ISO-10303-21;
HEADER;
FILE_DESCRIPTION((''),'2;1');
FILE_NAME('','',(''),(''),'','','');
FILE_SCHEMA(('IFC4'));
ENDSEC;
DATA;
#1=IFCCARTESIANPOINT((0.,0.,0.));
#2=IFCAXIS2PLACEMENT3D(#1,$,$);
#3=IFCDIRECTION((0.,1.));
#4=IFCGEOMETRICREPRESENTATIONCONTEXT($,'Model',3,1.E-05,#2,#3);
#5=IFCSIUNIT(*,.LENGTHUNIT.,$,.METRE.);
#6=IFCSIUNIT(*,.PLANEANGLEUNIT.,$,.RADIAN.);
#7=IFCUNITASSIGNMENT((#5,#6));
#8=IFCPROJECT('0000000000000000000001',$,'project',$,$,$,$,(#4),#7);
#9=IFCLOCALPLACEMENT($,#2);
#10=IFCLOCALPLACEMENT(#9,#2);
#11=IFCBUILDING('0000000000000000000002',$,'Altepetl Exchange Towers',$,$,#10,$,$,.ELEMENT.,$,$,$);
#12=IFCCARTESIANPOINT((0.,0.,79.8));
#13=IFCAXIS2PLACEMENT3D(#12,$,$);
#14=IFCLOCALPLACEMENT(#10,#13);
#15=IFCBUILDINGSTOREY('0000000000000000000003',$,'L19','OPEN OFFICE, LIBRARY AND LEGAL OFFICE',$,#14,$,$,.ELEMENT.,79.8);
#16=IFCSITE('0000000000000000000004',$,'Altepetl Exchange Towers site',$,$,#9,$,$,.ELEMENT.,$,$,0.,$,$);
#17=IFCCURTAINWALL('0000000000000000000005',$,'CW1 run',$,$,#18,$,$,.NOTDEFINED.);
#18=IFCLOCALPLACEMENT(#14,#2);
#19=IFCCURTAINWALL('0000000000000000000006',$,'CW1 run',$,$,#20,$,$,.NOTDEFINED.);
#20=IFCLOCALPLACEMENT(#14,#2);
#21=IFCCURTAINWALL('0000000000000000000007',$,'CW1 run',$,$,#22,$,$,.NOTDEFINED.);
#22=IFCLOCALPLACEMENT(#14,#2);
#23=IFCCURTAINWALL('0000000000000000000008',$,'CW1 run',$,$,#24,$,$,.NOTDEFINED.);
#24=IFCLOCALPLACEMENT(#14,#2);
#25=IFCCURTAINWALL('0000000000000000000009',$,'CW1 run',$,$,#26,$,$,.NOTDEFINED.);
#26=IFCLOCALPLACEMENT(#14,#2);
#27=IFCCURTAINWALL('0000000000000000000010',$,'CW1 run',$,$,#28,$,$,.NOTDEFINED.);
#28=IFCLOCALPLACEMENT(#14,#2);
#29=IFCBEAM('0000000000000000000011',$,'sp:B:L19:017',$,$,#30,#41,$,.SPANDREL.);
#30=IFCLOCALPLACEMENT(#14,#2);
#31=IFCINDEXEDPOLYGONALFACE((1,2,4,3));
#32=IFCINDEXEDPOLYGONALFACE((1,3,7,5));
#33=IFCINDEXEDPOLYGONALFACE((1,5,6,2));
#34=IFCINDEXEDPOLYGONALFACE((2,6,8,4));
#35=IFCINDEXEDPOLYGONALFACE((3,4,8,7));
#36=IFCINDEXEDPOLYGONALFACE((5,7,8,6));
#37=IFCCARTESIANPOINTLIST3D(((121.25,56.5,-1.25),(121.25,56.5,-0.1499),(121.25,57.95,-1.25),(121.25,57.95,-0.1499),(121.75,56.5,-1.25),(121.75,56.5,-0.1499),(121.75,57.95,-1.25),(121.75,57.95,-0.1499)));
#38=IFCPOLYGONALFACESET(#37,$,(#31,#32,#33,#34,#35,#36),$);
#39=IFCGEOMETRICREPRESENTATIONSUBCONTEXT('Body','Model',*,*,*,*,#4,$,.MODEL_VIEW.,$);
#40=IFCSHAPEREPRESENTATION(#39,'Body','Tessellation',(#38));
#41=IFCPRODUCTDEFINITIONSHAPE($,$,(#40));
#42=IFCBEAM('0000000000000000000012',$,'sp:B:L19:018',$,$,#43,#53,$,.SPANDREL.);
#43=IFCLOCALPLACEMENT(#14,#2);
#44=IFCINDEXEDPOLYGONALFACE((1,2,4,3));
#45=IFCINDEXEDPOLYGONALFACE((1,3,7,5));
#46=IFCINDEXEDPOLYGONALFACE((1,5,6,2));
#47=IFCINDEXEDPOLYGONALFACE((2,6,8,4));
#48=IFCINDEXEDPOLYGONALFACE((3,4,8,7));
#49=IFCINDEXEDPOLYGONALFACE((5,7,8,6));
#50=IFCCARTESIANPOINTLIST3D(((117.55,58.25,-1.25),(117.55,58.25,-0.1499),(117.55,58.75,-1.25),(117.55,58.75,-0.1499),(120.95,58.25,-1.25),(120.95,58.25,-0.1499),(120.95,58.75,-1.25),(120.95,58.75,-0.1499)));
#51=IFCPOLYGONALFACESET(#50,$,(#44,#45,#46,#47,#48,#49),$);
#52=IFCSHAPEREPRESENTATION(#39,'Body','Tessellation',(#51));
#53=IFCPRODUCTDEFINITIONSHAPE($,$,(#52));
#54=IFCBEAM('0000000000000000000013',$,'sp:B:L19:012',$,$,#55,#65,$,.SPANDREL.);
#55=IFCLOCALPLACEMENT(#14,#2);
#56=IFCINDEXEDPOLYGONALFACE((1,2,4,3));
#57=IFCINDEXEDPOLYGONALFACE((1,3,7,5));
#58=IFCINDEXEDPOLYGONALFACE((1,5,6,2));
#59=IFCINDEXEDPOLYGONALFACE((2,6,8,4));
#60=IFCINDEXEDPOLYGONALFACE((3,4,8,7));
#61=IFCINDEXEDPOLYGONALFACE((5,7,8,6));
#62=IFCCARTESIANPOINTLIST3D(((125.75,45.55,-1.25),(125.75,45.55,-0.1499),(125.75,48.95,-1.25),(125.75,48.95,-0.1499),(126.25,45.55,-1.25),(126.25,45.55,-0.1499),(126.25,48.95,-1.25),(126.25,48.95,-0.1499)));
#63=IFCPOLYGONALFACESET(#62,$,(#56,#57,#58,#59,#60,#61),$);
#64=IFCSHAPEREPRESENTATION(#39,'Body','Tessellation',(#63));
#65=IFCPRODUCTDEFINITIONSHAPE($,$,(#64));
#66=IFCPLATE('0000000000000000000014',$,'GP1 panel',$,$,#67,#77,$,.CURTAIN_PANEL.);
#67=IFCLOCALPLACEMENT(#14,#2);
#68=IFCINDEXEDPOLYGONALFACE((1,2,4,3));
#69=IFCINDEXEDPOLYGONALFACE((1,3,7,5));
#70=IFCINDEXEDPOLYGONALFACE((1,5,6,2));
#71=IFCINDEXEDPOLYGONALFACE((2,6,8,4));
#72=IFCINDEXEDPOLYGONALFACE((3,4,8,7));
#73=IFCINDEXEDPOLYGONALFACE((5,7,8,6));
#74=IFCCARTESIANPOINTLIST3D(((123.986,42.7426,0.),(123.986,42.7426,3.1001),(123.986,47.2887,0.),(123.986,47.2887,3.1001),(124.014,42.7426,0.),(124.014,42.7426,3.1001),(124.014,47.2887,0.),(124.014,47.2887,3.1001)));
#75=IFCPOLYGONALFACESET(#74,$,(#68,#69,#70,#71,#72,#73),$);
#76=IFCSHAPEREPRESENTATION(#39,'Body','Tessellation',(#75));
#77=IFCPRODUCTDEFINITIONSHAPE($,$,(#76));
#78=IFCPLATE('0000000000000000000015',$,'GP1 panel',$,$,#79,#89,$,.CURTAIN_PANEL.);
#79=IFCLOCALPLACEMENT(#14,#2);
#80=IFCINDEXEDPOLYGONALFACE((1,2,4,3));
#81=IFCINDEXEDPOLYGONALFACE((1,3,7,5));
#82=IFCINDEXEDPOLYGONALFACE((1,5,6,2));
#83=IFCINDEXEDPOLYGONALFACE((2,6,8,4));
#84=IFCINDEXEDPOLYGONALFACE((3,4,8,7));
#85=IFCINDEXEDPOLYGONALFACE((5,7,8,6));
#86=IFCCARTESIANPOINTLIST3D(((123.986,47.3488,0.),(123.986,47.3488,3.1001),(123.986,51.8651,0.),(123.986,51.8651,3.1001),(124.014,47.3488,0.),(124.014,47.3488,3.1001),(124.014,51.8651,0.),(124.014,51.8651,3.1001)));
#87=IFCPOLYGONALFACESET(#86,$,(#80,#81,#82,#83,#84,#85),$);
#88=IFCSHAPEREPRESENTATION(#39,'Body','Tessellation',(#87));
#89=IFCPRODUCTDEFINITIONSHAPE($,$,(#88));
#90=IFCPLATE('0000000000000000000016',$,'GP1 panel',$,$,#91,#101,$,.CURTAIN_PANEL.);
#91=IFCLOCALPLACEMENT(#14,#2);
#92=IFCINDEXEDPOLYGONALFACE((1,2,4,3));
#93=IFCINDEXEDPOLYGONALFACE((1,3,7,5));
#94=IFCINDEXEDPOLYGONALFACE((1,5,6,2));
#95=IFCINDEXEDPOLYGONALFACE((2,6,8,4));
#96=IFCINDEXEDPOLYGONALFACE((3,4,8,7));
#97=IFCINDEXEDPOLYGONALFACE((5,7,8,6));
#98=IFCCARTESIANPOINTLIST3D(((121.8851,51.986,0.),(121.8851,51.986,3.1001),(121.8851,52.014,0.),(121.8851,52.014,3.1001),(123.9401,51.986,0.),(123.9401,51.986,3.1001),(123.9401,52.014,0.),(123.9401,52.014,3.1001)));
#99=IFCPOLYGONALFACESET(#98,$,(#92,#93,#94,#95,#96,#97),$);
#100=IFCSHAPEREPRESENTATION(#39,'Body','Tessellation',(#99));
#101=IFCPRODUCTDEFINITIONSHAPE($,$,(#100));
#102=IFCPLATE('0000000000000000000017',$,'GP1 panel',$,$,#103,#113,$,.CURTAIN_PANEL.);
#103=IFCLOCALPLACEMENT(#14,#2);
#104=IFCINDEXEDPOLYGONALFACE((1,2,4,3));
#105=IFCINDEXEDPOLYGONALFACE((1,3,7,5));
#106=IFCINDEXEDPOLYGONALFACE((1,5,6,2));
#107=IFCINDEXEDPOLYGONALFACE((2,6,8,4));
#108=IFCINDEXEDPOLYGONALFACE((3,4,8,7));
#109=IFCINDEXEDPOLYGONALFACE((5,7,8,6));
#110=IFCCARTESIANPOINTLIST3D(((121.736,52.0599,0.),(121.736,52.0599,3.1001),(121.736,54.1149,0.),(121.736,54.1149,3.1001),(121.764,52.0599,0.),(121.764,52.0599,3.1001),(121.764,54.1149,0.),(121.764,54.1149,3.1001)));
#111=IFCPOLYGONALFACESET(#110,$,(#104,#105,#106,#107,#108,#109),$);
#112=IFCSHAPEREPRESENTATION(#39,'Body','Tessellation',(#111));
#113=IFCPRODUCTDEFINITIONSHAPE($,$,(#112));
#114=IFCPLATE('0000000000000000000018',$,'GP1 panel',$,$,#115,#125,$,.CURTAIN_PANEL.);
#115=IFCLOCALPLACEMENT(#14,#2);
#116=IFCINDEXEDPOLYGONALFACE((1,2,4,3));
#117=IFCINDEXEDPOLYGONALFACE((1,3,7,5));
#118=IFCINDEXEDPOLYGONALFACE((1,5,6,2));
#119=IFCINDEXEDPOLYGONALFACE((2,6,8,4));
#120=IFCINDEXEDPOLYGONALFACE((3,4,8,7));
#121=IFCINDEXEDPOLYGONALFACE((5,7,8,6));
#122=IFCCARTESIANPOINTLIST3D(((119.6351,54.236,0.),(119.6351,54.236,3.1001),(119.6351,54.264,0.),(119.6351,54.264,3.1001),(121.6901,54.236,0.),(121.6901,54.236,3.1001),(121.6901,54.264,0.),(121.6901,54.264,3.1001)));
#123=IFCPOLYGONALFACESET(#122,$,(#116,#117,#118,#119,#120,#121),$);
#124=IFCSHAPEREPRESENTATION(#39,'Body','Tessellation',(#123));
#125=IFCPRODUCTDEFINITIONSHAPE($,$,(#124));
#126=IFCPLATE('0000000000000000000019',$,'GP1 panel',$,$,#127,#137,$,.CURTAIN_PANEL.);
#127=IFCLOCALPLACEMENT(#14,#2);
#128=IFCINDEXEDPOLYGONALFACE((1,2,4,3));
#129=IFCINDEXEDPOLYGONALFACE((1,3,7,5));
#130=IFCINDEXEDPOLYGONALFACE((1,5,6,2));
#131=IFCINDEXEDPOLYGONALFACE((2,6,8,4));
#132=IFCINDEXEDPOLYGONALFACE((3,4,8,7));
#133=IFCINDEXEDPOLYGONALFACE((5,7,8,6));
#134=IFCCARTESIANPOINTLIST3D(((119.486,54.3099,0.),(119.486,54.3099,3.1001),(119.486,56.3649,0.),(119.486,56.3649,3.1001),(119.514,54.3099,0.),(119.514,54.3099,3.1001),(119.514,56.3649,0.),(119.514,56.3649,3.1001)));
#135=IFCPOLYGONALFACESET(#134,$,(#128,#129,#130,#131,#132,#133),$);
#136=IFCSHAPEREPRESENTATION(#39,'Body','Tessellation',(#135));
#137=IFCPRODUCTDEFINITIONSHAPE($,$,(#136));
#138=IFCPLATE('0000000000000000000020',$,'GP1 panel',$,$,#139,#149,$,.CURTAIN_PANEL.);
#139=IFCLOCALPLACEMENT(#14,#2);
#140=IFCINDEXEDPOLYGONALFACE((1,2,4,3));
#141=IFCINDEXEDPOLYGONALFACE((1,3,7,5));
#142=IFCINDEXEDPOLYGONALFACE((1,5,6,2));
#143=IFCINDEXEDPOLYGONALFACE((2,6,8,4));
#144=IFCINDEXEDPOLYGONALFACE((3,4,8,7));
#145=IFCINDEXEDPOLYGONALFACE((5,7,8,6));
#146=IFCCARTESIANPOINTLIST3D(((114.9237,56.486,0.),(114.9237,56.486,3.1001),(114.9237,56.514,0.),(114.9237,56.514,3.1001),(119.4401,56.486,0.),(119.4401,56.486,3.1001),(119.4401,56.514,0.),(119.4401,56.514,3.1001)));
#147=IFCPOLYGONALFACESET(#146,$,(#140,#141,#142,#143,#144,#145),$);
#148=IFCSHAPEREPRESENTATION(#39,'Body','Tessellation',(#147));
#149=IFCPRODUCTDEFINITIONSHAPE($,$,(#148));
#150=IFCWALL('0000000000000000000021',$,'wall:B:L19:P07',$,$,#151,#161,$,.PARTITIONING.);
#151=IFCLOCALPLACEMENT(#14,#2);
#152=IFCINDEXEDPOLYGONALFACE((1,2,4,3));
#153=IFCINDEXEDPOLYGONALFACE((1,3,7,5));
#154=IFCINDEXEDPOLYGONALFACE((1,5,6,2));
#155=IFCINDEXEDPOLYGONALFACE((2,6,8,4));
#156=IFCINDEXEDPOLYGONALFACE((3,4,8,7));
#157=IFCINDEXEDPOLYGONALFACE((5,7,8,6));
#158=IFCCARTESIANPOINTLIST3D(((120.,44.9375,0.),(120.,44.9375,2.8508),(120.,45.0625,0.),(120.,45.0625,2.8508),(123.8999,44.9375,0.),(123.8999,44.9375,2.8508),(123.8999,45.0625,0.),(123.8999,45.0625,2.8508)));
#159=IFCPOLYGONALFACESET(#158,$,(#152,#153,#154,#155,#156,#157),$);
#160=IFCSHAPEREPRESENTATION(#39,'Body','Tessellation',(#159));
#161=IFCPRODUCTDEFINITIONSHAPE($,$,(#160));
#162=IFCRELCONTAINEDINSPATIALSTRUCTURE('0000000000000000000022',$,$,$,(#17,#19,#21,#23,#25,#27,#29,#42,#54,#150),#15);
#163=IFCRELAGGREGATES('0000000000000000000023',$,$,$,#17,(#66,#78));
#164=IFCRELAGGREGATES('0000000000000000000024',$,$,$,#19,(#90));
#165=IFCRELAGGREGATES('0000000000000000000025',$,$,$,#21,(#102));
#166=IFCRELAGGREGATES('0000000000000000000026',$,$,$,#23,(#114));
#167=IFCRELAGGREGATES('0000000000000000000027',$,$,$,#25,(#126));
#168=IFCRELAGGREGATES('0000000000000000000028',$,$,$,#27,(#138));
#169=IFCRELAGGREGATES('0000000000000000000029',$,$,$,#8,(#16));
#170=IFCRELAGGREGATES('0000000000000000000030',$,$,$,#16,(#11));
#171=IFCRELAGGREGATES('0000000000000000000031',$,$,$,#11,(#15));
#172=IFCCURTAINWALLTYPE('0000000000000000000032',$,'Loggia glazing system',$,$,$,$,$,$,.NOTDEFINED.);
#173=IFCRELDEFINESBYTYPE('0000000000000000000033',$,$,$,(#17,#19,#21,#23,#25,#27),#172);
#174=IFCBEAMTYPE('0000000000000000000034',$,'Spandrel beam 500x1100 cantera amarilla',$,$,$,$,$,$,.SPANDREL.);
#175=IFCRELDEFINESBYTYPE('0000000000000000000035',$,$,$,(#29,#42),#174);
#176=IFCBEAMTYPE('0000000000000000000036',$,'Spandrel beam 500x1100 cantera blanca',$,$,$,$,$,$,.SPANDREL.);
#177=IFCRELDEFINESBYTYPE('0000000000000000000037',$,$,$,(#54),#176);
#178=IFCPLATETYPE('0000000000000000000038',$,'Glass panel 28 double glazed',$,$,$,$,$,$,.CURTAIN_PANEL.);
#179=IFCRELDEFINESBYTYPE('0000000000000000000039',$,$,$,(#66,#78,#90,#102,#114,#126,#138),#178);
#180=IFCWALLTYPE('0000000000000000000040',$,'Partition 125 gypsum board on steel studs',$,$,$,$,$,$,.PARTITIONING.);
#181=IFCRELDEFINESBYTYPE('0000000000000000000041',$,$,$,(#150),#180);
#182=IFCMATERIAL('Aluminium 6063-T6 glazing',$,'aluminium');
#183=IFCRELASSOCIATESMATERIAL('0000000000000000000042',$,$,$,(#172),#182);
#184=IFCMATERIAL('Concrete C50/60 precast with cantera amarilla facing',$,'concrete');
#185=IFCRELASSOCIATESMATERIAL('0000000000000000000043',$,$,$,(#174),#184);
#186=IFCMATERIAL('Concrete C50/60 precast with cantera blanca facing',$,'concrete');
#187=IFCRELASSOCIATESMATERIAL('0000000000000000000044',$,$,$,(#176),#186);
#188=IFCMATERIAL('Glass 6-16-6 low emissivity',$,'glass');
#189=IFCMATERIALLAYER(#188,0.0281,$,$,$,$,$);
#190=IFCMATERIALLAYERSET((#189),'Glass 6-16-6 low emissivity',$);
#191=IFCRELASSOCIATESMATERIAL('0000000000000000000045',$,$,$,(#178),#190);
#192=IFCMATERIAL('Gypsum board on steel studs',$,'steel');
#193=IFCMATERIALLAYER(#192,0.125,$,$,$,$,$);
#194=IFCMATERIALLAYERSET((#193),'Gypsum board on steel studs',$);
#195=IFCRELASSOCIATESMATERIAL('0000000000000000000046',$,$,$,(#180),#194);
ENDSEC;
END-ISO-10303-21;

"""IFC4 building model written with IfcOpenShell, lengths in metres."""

from ifc_helpers import new_model, si_unit, direction, frame, frame_2d, origin, origin_2d, place, context, subcontext, project, spatial, rectangle, extrude, material, layer, layer_set, material_profile, profile_set, type_object, element, aggregate, save


model = new_model("IFC4")

# Units and contexts
model_context = context("Model", 3, precision=1e-05, world=origin(), true_north=direction((0.0, 1.0)))
body_context = subcontext(model_context, "Body", "Model", "MODEL_VIEW")
ifc_project = project(units=[si_unit("LENGTHUNIT", "METRE"), si_unit("PLANEANGLEUNIT", "RADIAN")], contexts=[model_context])

# Site, building, storey
site_placement = place(None, origin())
site = spatial("IfcSite", under=ifc_project, at=site_placement, Name="Altepetl Exchange Towers site", CompositionType="ELEMENT", RefElevation=0.0)
building_placement = place(site_placement, origin())
building = spatial("IfcBuilding", under=site, at=building_placement, Name="Altepetl Exchange Towers", CompositionType="ELEMENT")
storey_placement = place(building_placement, frame((0.0, 0.0, 79.8)))
storey = spatial("IfcBuildingStorey", under=building, at=storey_placement, Name="L19", Description="OPEN OFFICE, LIBRARY AND LEGAL OFFICE", CompositionType="ELEMENT", Elevation=79.8)

# Curtain walls
ifc_material_1 = material(Name="Aluminium 6063-T6 glazing", Category="aluminium")
curtain_wall_type = type_object("IfcCurtainWallType", Name="Loggia glazing system", PredefinedType="NOTDEFINED", material=ifc_material_1)
curtain_wall_1_placement = place(storey_placement, origin())
curtain_wall_1 = element("IfcCurtainWall", 1, at=curtain_wall_1_placement, inside=storey, type_object=curtain_wall_type, Name="CW1 run", PredefinedType="NOTDEFINED")
curtain_wall_2_placement = place(storey_placement, origin())
curtain_wall_2 = element("IfcCurtainWall", 2, at=curtain_wall_2_placement, inside=storey, type_object=curtain_wall_type, Name="CW1 run", PredefinedType="NOTDEFINED")
curtain_wall_3_placement = place(storey_placement, origin())
curtain_wall_3 = element("IfcCurtainWall", 3, at=curtain_wall_3_placement, inside=storey, type_object=curtain_wall_type, Name="CW1 run", PredefinedType="NOTDEFINED")
curtain_wall_4_placement = place(storey_placement, origin())
curtain_wall_4 = element("IfcCurtainWall", 4, at=curtain_wall_4_placement, inside=storey, type_object=curtain_wall_type, Name="CW1 run", PredefinedType="NOTDEFINED")
curtain_wall_5_placement = place(storey_placement, origin())
curtain_wall_5 = element("IfcCurtainWall", 5, at=curtain_wall_5_placement, inside=storey, type_object=curtain_wall_type, Name="CW1 run", PredefinedType="NOTDEFINED")

# Curtain wall
curtain_wall_6_placement = place(storey_placement, origin())
curtain_wall_6 = element("IfcCurtainWall", 6, at=curtain_wall_6_placement, inside=storey, type_object=curtain_wall_type, Name="CW1 run", PredefinedType="NOTDEFINED")

# Beams
ifc_material_2 = material(Name="Concrete C50/60 precast with cantera amarilla facing", Category="concrete")
ifc_material_profile_1 = material_profile(ifc_material_2, rectangle(XDim=0.5, YDim=1.1001, at=origin_2d()), Name="500 x 1100")
ifc_profile_set_1 = profile_set([ifc_material_profile_1], Name="Concrete C50/60 precast with cantera amarilla facing")
beam_type_1 = type_object("IfcBeamType", Name="Spandrel beam 500x1100 cantera amarilla", PredefinedType="SPANDREL", material=ifc_profile_set_1)
beam_1_placement = place(storey_placement, frame((121.5, 56.5, -0.7), z_axis=(0.0, 1.0, 0.0), x_axis=(-1.0, 0.0, 0.0)))
element("IfcBeam", 7, at=beam_1_placement, inside=storey, type_object=beam_type_1, Name="sp:B:L19:017", PredefinedType="SPANDREL", context=body_context, shape_type="SweptSolid", body=[
    extrude(rectangle(XDim=0.5, YDim=1.1001, at=origin_2d()), origin(), (0.0, 0.0, 1.0), 1.45),
])
beam_2_placement = place(storey_placement, frame((120.95, 58.5, -0.7), z_axis=(-1.0, 0.0, 0.0), x_axis=(0.0, -1.0, 0.0)))
element("IfcBeam", 8, at=beam_2_placement, inside=storey, type_object=beam_type_1, Name="sp:B:L19:018", PredefinedType="SPANDREL", context=body_context, shape_type="SweptSolid", body=[
    extrude(rectangle(XDim=0.5, YDim=1.1001, at=origin_2d()), origin(), (0.0, 0.0, 1.0), 3.3999),
])
ifc_material_3 = material(Name="Concrete C50/60 precast with cantera blanca facing", Category="concrete")
ifc_material_profile_2 = material_profile(ifc_material_3, rectangle(XDim=0.5, YDim=1.1001, at=origin_2d()), Name="500 x 1100")
ifc_profile_set_2 = profile_set([ifc_material_profile_2], Name="Concrete C50/60 precast with cantera blanca facing")
beam_type_2 = type_object("IfcBeamType", Name="Spandrel beam 500x1100 cantera blanca", PredefinedType="SPANDREL", material=ifc_profile_set_2)
beam_3_placement = place(storey_placement, frame((126.0, 45.55, -0.7), z_axis=(0.0, 1.0, 0.0), x_axis=(-1.0, 0.0, 0.0)))
element("IfcBeam", 9, at=beam_3_placement, inside=storey, type_object=beam_type_2, Name="sp:B:L19:012", PredefinedType="SPANDREL", context=body_context, shape_type="SweptSolid", body=[
    extrude(rectangle(XDim=0.5, YDim=1.1001, at=origin_2d()), origin(), (0.0, 0.0, 1.0), 3.3999),
])

# Plates
ifc_material_4 = material(Name="Glass 6-16-6 low emissivity", Category="glass")
ifc_layer_1 = layer(ifc_material_4, 0.0281)
ifc_layer_set_1 = layer_set([ifc_layer_1], Name="Glass 6-16-6 low emissivity")
plate_type = type_object("IfcPlateType", Name="Glass panel 28 double glazed", PredefinedType="CURTAIN_PANEL", material=ifc_layer_set_1)
plate_1_placement = place(storey_placement, frame((124.0, 45.0156, 0.0), z_axis=(0.0, 0.0, 1.0), x_axis=(0.0, 1.0, 0.0)))
plate_1 = element("IfcPlate", 10, at=plate_1_placement, type_object=plate_type, Name="GP1 panel", PredefinedType="CURTAIN_PANEL", context=body_context, shape_type="SweptSolid", body=[
    extrude(rectangle(XDim=4.5461, YDim=0.0281, at=origin_2d()), origin(), (0.0, 0.0, 1.0), 3.1001),
])
plate_2_placement = place(storey_placement, frame((124.0, 49.6069, 0.0), z_axis=(0.0, 0.0, 1.0), x_axis=(0.0, 1.0, 0.0)))
plate_2 = element("IfcPlate", 11, at=plate_2_placement, type_object=plate_type, Name="GP1 panel", PredefinedType="CURTAIN_PANEL", context=body_context, shape_type="SweptSolid", body=[
    extrude(rectangle(XDim=4.5164, YDim=0.0281, at=origin_2d()), origin(), (0.0, 0.0, 1.0), 3.1001),
])
aggregate(curtain_wall_1, [plate_1, plate_2])
plate_3_placement = place(storey_placement, frame((122.9126, 52.0, 0.0), z_axis=(0.0, 0.0, 1.0), x_axis=(-1.0, 0.0, 0.0)))
plate_3 = element("IfcPlate", 12, at=plate_3_placement, type_object=plate_type, Name="GP1 panel", PredefinedType="CURTAIN_PANEL", context=body_context, shape_type="SweptSolid", body=[
    extrude(rectangle(XDim=2.0549, YDim=0.0281, at=origin_2d()), origin(), (0.0, 0.0, 1.0), 3.1001),
])
aggregate(curtain_wall_2, [plate_3])
plate_4_placement = place(storey_placement, frame((121.75, 53.0874, 0.0), z_axis=(0.0, 0.0, 1.0), x_axis=(0.0, 1.0, 0.0)))
plate_4 = element("IfcPlate", 13, at=plate_4_placement, type_object=plate_type, Name="GP1 panel", PredefinedType="CURTAIN_PANEL", context=body_context, shape_type="SweptSolid", body=[
    extrude(rectangle(XDim=2.0549, YDim=0.0281, at=origin_2d()), origin(), (0.0, 0.0, 1.0), 3.1001),
])
aggregate(curtain_wall_3, [plate_4])
plate_5_placement = place(storey_placement, frame((120.6626, 54.25, 0.0), z_axis=(0.0, 0.0, 1.0), x_axis=(-1.0, 0.0, 0.0)))
plate_5 = element("IfcPlate", 14, at=plate_5_placement, type_object=plate_type, Name="GP1 panel", PredefinedType="CURTAIN_PANEL", context=body_context, shape_type="SweptSolid", body=[
    extrude(rectangle(XDim=2.0549, YDim=0.0281, at=origin_2d()), origin(), (0.0, 0.0, 1.0), 3.1001),
])
aggregate(curtain_wall_4, [plate_5])
plate_6_placement = place(storey_placement, frame((119.5, 55.3374, 0.0), z_axis=(0.0, 0.0, 1.0), x_axis=(0.0, 1.0, 0.0)))
plate_6 = element("IfcPlate", 15, at=plate_6_placement, type_object=plate_type, Name="GP1 panel", PredefinedType="CURTAIN_PANEL", context=body_context, shape_type="SweptSolid", body=[
    extrude(rectangle(XDim=2.0549, YDim=0.0281, at=origin_2d()), origin(), (0.0, 0.0, 1.0), 3.1001),
])
aggregate(curtain_wall_5, [plate_6])
plate_7_placement = place(storey_placement, frame((117.1819, 56.5, 0.0), z_axis=(0.0, 0.0, 1.0), x_axis=(-1.0, 0.0, 0.0)))
plate_7 = element("IfcPlate", 16, at=plate_7_placement, type_object=plate_type, Name="GP1 panel", PredefinedType="CURTAIN_PANEL", context=body_context, shape_type="SweptSolid", body=[
    extrude(rectangle(XDim=4.5164, YDim=0.0281, at=origin_2d()), origin(), (0.0, 0.0, 1.0), 3.1001),
])
aggregate(curtain_wall_6, [plate_7])

# Wall
ifc_material_5 = material(Name="Gypsum board on steel studs", Category="steel")
ifc_layer_2 = layer(ifc_material_5, 0.125)
ifc_layer_set_2 = layer_set([ifc_layer_2], Name="Gypsum board on steel studs")
wall_type = type_object("IfcWallType", Name="Partition 125 gypsum board on steel studs", PredefinedType="PARTITIONING", material=ifc_layer_set_2)
wall_placement = place(storey_placement, frame((120.0, 45.0, 0.0)))
element("IfcWall", 17, at=wall_placement, inside=storey, type_object=wall_type, Name="wall:B:L19:P07", PredefinedType="PARTITIONING", context=body_context, shape_type="SweptSolid", body=[
    extrude(rectangle(XDim=3.8999, YDim=0.125, at=frame_2d((1.95, 0.0))), origin(), (0.0, 0.0, 1.0), 2.8508),
])

save(model, "model.ifc")
